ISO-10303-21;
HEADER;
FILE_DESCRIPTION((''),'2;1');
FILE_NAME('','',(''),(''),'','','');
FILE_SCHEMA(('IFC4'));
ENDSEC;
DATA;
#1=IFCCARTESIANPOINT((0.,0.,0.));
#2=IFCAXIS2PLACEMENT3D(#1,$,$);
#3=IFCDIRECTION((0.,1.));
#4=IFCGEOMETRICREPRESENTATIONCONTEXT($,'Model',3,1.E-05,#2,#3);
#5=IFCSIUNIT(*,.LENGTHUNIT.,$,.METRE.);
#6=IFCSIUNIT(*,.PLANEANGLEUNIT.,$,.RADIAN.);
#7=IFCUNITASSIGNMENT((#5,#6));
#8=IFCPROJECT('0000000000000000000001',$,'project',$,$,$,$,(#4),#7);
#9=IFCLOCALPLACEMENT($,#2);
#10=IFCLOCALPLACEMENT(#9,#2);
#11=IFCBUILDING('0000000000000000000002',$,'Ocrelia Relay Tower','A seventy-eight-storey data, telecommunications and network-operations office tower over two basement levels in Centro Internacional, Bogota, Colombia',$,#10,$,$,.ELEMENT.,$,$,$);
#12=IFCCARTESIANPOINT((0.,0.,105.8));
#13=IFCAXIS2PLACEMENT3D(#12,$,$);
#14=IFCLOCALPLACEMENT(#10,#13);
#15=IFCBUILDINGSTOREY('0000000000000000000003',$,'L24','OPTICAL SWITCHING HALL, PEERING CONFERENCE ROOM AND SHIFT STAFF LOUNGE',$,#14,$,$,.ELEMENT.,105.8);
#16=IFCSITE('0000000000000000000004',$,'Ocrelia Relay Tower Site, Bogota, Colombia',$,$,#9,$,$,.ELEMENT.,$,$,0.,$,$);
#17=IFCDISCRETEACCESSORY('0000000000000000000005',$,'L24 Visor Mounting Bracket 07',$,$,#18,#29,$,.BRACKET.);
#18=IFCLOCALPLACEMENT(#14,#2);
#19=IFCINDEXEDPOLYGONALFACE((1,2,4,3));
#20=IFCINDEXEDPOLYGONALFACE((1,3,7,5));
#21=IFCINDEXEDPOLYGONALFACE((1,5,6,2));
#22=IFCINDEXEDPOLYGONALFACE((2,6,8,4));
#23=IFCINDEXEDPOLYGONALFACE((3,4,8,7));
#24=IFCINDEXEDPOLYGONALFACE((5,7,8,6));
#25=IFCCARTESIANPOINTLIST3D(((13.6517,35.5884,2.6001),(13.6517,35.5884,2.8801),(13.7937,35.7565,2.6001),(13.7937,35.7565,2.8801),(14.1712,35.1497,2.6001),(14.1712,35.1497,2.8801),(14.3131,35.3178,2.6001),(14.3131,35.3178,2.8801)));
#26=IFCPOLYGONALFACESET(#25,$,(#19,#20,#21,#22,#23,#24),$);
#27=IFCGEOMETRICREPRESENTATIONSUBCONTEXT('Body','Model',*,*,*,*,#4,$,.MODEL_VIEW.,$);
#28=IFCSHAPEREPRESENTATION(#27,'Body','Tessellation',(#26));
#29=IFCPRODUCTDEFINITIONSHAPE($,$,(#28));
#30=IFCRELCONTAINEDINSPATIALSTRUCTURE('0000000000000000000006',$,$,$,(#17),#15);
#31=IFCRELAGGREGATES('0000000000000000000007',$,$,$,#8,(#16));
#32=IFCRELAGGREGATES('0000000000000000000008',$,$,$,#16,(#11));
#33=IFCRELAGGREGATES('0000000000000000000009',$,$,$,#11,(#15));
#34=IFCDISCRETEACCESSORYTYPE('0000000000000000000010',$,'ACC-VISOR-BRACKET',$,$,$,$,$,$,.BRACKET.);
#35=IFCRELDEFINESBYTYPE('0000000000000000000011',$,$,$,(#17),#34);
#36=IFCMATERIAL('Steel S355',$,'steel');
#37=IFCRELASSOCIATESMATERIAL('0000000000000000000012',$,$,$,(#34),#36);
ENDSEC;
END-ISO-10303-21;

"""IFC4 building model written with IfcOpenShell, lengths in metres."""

from ifc_helpers import new_model, si_unit, direction, frame, origin, origin_2d, place, context, subcontext, project, spatial, rectangle, extrude, material, type_object, element, save


model = new_model("IFC4")

# Units and contexts
model_context = context("Model", 3, precision=1e-05, world=origin(), true_north=direction((0.0, 1.0)))
body_context = subcontext(model_context, "Body", "Model", "MODEL_VIEW")
ifc_project = project(units=[si_unit("LENGTHUNIT", "METRE"), si_unit("PLANEANGLEUNIT", "RADIAN")], contexts=[model_context])

# Site, building, storey
site_placement = place(None, origin())
site = spatial("IfcSite", under=ifc_project, at=site_placement, Name="Ocrelia Relay Tower Site, Bogota, Colombia", CompositionType="ELEMENT", RefElevation=0.0)
building_placement = place(site_placement, origin())
building = spatial("IfcBuilding", under=site, at=building_placement, Name="Ocrelia Relay Tower", Description="A seventy-eight-storey data, telecommunications and network-operations office tower over two basement levels in Centro Internacional, Bogota, Colombia", CompositionType="ELEMENT")
storey_placement = place(building_placement, frame((0.0, 0.0, 105.8)))
storey = spatial("IfcBuildingStorey", under=building, at=storey_placement, Name="L24", Description="OPTICAL SWITCHING HALL, PEERING CONFERENCE ROOM AND SHIFT STAFF LOUNGE", CompositionType="ELEMENT", Elevation=105.8)

# Shared definitions
ifc_material_1 = material(Name="Steel S355", Category="steel")

# Discrete accessory
discrete_accessory_type_1 = type_object("IfcDiscreteAccessoryType", Name="ACC-VISOR-BRACKET", PredefinedType="BRACKET", material=ifc_material_1)
for number, where, z_axis, x_axis, name in (
    (1, (13.9824, 35.4531, 2.6001), (0.0, 0.0, 1.0), (-0.645214, -0.764002, 0.0), "L24 Visor Mounting Bracket 07"),
):
    element("IfcDiscreteAccessory", number, at=place(storey_placement, frame(where, z_axis=z_axis, x_axis=x_axis)), inside=storey, type_object=discrete_accessory_type_1, Name=name, PredefinedType="BRACKET", context=body_context, shape_type="SweptSolid", body=[
        extrude(rectangle(XDim=0.22, YDim=0.6799, at=origin_2d()), origin(), (0.0, 0.0, 1.0), 0.28),
    ])

save(model, "model.ifc")
